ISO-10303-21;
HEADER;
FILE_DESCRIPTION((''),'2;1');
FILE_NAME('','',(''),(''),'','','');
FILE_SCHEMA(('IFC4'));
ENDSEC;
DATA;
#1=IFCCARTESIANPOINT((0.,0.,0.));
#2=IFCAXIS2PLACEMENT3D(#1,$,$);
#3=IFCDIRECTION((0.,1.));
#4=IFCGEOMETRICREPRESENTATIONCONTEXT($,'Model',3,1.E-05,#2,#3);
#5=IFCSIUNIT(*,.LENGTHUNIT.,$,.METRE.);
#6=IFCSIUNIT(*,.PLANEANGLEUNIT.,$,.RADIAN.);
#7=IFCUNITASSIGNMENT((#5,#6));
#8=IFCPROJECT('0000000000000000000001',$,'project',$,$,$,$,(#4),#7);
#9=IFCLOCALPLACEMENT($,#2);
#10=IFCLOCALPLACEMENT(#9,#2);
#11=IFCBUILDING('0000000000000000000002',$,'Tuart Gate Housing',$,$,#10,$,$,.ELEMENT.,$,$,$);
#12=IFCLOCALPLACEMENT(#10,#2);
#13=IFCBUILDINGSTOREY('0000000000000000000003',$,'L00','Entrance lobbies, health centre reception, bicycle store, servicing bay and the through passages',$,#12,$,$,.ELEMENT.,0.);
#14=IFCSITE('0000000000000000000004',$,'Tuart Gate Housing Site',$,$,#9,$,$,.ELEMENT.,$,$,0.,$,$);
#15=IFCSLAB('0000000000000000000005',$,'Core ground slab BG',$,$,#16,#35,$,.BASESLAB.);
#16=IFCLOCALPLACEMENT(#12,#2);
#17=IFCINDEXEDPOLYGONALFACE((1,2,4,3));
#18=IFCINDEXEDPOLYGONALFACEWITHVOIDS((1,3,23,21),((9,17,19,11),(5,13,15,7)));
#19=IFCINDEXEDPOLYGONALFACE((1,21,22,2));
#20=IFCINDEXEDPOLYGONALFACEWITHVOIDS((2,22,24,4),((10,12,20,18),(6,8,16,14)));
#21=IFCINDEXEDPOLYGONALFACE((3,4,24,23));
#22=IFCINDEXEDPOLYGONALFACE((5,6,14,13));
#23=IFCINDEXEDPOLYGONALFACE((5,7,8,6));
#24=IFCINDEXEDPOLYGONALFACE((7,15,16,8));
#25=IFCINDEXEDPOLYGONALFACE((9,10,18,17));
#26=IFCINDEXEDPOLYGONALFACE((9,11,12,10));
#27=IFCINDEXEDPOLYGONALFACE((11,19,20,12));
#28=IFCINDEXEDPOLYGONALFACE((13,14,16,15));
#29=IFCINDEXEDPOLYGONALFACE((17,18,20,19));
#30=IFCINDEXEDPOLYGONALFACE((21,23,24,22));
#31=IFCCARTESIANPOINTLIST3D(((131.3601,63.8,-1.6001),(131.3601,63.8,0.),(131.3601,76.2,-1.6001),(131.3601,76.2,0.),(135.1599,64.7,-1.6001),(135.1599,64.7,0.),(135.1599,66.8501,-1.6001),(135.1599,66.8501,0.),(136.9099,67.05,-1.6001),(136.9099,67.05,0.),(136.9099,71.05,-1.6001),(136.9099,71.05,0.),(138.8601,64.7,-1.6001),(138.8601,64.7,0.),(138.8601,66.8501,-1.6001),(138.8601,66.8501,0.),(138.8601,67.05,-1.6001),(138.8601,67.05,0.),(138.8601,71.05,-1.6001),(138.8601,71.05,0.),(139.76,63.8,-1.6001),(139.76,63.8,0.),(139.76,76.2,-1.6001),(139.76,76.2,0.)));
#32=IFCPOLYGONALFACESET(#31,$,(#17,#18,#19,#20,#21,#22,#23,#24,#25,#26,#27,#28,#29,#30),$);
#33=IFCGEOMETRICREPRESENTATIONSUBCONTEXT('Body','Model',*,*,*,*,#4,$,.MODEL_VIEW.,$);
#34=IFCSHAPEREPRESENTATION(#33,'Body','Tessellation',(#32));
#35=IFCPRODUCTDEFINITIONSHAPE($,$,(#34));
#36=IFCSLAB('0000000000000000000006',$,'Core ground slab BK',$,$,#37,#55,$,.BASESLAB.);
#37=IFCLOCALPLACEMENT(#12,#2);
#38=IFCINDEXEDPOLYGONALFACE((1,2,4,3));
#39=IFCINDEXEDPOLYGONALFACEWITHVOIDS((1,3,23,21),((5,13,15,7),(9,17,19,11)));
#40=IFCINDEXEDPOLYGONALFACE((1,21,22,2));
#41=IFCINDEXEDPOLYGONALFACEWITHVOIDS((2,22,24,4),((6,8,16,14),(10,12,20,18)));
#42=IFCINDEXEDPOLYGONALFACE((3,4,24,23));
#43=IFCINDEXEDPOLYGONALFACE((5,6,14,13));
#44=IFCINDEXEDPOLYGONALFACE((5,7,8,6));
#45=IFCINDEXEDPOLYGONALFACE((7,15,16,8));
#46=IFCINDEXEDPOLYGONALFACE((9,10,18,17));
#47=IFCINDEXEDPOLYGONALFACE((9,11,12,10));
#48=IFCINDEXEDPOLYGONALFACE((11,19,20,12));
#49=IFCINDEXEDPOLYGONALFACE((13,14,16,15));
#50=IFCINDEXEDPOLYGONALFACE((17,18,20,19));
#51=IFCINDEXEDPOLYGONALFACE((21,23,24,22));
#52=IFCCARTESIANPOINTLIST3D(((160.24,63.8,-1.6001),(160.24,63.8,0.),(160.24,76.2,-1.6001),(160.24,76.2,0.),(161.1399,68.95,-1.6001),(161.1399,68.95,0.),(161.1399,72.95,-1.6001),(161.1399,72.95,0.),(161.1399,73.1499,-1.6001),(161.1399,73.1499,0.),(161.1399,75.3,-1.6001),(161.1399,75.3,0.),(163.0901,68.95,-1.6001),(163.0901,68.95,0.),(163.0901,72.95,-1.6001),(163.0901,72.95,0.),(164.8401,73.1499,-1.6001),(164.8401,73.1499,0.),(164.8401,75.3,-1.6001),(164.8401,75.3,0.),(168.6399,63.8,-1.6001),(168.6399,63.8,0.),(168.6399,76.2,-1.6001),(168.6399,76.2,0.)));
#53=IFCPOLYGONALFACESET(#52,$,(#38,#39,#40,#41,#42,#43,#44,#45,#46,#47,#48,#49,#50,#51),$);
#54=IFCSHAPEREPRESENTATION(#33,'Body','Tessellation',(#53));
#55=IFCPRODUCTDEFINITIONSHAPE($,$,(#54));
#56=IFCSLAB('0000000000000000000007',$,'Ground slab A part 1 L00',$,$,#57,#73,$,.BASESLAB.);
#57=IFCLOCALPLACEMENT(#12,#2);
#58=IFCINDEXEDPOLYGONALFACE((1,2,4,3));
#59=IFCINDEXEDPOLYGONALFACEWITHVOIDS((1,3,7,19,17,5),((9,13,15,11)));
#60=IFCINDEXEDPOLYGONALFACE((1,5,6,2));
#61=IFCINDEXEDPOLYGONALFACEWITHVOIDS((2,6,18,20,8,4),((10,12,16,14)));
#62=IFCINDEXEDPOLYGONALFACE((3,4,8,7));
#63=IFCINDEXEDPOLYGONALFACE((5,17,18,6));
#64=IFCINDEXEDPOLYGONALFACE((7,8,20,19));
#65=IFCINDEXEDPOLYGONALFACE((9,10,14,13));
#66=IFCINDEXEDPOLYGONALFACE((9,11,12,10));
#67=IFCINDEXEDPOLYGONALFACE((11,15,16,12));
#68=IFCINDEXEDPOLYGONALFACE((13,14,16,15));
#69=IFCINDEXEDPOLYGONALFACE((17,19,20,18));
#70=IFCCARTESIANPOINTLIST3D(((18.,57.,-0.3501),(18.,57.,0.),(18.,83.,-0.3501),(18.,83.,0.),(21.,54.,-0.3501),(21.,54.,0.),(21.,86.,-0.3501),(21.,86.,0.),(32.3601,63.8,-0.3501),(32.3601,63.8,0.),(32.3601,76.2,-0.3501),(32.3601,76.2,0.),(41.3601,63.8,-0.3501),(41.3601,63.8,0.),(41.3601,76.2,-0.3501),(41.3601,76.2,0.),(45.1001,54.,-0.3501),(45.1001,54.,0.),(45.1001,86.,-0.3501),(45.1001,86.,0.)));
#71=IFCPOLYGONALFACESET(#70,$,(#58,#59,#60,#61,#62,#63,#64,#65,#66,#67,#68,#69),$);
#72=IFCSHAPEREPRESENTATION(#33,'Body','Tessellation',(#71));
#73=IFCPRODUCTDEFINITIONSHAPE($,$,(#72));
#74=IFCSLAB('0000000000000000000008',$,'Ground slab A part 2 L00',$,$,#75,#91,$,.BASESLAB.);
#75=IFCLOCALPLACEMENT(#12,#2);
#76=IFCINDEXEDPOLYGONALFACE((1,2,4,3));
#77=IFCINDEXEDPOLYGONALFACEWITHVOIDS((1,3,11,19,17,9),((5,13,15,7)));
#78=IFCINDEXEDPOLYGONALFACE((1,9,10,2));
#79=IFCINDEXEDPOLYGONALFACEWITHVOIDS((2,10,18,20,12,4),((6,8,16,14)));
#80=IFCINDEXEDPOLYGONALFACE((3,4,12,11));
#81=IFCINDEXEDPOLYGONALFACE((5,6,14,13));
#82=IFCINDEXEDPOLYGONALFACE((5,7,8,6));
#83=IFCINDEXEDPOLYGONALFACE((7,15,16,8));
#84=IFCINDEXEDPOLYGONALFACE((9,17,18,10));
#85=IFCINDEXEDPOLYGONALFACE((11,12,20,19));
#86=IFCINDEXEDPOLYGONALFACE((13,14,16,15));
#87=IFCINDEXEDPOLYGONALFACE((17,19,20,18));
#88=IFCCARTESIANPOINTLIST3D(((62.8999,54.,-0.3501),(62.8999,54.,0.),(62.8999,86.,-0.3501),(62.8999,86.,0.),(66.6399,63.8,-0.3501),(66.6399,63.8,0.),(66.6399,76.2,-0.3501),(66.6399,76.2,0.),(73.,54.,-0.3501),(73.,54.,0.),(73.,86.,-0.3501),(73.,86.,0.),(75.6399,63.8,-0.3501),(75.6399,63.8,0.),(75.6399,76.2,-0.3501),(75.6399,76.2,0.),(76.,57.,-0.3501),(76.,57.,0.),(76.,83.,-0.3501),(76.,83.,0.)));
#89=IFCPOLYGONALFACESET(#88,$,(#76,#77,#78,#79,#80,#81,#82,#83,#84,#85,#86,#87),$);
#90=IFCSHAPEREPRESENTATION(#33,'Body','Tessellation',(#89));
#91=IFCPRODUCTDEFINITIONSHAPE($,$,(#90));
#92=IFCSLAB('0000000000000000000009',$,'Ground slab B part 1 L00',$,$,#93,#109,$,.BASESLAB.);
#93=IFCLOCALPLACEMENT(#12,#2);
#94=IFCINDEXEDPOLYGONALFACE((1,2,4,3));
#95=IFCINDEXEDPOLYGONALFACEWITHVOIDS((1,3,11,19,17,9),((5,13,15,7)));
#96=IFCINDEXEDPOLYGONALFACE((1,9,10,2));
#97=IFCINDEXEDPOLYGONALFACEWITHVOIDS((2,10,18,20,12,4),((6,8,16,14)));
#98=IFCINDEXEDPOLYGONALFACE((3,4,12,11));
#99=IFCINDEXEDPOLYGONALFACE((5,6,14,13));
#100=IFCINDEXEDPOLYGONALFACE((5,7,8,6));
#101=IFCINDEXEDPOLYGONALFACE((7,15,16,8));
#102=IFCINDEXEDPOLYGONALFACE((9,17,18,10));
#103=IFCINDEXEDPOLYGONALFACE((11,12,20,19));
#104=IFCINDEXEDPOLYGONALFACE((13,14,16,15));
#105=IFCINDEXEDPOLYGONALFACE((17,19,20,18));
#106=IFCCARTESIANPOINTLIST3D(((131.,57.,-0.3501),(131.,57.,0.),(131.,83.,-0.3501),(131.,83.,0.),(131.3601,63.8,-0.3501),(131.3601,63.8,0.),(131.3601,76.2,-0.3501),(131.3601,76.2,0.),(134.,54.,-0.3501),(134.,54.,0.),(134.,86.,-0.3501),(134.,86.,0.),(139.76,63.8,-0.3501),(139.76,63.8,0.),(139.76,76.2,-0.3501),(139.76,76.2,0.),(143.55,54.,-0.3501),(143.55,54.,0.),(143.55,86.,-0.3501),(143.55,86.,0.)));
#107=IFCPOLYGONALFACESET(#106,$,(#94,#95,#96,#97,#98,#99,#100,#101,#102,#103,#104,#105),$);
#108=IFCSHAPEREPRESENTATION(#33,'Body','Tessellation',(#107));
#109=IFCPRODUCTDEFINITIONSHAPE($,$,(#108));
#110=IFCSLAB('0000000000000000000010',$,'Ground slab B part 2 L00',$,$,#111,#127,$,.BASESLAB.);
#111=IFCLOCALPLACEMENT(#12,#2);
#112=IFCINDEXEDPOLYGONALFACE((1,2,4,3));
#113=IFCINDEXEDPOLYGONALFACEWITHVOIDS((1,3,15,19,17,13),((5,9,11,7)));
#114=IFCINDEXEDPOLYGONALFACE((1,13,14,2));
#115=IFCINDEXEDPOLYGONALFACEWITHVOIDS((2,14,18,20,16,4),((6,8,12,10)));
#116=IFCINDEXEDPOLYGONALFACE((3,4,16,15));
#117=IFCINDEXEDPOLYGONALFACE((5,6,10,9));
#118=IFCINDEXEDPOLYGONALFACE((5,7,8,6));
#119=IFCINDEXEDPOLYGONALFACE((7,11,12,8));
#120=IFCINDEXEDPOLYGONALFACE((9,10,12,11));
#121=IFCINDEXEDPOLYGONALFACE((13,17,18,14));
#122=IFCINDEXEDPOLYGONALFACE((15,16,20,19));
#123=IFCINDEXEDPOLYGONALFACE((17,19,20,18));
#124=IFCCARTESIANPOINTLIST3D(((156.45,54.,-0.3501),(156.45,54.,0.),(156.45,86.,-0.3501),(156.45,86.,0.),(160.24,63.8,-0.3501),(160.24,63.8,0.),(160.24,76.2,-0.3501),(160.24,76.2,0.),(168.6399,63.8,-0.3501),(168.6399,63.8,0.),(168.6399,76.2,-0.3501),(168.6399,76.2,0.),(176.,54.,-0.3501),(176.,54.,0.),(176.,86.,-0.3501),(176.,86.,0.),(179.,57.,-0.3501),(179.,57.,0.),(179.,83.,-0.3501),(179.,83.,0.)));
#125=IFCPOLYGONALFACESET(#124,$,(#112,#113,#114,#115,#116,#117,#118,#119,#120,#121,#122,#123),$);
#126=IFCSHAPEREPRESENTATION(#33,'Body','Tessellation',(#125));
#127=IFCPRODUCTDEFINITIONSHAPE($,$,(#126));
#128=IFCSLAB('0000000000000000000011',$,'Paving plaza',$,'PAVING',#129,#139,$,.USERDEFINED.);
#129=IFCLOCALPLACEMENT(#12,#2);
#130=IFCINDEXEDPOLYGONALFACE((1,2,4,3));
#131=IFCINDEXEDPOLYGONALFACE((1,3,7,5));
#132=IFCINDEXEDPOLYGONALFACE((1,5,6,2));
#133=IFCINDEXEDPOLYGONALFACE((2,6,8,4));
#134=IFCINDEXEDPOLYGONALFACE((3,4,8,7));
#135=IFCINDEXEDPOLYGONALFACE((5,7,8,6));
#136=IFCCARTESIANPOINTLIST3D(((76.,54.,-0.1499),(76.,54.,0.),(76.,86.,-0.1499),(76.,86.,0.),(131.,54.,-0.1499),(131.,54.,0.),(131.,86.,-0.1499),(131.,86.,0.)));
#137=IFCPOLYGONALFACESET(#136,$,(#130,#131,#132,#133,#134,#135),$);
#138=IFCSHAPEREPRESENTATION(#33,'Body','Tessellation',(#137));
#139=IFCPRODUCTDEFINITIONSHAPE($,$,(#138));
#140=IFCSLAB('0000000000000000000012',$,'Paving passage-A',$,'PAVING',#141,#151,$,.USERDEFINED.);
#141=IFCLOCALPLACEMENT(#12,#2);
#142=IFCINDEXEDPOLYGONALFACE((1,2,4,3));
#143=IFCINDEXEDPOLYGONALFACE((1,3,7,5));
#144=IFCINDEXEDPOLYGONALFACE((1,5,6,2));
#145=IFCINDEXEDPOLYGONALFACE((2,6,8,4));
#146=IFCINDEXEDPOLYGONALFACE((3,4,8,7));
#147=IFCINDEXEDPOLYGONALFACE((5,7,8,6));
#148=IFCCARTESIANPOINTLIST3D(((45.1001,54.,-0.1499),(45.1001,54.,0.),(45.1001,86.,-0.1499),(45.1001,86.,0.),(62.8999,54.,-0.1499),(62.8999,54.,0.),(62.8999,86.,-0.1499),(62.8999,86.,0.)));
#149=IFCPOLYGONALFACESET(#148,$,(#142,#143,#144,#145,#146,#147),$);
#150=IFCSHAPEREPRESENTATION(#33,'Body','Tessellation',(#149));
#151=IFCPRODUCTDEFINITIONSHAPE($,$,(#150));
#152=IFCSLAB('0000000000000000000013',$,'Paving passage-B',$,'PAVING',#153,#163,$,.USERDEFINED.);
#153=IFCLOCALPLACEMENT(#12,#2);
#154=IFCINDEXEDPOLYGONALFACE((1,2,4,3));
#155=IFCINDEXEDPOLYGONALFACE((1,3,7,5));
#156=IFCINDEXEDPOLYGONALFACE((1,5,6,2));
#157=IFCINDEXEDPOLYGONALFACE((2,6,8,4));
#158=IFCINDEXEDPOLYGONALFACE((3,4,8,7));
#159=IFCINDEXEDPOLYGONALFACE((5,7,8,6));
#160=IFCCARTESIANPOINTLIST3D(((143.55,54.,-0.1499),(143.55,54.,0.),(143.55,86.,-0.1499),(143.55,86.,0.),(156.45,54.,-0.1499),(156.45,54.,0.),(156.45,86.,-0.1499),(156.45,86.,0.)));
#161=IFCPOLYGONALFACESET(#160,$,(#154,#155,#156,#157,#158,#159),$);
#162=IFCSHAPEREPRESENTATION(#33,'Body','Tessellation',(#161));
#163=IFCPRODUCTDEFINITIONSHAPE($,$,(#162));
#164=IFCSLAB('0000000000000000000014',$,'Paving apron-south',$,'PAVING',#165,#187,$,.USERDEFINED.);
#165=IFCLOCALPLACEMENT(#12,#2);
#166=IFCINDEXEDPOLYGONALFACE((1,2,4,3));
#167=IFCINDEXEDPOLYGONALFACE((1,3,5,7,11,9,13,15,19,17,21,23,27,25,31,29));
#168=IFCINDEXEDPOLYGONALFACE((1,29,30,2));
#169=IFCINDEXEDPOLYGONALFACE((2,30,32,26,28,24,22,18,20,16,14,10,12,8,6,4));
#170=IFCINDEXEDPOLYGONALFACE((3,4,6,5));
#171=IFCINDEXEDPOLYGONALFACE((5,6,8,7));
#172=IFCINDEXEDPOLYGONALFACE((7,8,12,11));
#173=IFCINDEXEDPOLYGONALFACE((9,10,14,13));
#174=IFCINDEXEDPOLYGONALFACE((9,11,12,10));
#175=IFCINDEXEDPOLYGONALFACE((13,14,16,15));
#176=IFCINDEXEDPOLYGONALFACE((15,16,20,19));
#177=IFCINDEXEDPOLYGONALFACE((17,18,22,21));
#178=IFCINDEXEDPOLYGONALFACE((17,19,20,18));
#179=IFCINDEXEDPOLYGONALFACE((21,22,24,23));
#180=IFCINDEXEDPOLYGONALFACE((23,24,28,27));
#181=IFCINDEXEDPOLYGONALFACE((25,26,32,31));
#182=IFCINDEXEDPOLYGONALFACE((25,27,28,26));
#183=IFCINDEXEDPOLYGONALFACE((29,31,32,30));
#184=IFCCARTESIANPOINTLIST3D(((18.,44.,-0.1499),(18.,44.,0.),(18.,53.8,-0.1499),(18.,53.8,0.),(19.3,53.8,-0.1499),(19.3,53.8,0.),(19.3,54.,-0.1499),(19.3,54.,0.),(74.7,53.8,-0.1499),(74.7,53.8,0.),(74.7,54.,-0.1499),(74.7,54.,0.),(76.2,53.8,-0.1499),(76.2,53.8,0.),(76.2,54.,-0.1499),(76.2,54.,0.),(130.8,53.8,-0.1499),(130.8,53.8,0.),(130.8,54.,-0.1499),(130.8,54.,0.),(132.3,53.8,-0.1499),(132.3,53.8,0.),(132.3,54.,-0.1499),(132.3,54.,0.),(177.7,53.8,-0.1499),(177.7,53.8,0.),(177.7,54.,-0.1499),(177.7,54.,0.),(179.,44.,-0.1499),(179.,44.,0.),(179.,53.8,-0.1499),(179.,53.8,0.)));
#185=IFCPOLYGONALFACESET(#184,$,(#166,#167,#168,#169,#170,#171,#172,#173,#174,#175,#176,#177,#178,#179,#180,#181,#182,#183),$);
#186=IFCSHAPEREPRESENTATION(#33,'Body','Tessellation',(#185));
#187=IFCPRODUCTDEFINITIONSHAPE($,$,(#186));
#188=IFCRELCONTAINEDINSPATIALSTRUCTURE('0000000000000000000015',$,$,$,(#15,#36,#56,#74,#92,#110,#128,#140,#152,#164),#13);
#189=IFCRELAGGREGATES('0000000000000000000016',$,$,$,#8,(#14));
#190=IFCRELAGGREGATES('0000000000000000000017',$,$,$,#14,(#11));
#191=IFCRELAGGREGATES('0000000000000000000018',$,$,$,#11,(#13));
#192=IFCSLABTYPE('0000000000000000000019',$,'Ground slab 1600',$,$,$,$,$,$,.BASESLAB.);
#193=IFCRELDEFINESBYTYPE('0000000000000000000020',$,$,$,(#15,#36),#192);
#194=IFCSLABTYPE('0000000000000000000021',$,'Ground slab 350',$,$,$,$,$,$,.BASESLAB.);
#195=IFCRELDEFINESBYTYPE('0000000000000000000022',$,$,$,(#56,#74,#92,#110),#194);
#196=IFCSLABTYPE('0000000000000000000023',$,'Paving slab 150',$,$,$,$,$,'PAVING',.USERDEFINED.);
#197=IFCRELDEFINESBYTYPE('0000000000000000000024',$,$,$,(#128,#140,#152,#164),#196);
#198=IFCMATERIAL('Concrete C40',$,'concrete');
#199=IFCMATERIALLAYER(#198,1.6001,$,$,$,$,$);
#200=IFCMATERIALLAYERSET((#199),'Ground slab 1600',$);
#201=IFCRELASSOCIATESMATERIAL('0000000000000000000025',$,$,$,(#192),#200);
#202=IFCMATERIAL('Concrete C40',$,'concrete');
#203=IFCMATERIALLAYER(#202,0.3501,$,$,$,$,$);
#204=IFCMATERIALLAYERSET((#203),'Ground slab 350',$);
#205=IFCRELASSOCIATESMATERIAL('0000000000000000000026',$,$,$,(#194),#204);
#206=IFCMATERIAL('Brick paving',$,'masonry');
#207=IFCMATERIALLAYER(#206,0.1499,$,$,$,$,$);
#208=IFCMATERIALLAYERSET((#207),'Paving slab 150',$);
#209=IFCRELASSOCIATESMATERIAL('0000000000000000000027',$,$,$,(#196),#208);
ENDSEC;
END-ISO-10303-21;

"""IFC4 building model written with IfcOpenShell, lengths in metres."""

from ifc_helpers import new_model, si_unit, direction, frame, origin, place, context, subcontext, project, spatial, polyline, outline, extrude, material, layer, layer_set, type_object, element, save


model = new_model("IFC4")

# Units and contexts
model_context = context("Model", 3, precision=1e-05, world=origin(), true_north=direction((0.0, 1.0)))
body_context = subcontext(model_context, "Body", "Model", "MODEL_VIEW")
ifc_project = project(units=[si_unit("LENGTHUNIT", "METRE"), si_unit("PLANEANGLEUNIT", "RADIAN")], contexts=[model_context])

# Site, building, storey
site_placement = place(None, origin())
site = spatial("IfcSite", under=ifc_project, at=site_placement, Name="Tuart Gate Housing Site", CompositionType="ELEMENT", RefElevation=0.0)
building_placement = place(site_placement, origin())
building = spatial("IfcBuilding", under=site, at=building_placement, Name="Tuart Gate Housing", CompositionType="ELEMENT")
storey_placement = place(building_placement, origin())
storey = spatial("IfcBuildingStorey", under=building, at=storey_placement, Name="L00", Description="Entrance lobbies, health centre reception, bicycle store, servicing bay and the through passages", CompositionType="ELEMENT", Elevation=0.0)

# Slabs
ifc_material_1 = material(Name="Concrete C40", Category="concrete")
ifc_layer_1 = layer(ifc_material_1, 1.6001)
ifc_layer_set_1 = layer_set([ifc_layer_1], Name="Ground slab 1600")
slab_type_1 = type_object("IfcSlabType", Name="Ground slab 1600", PredefinedType="BASESLAB", material=ifc_layer_set_1)
slab_1_placement = place(storey_placement, frame((0.0, 0.0, -1.6001)))
element("IfcSlab", 1, at=slab_1_placement, inside=storey, type_object=slab_type_1, Name="Core ground slab BG", PredefinedType="BASESLAB", context=body_context, shape_type="SweptSolid", body=[
    extrude(outline(polyline([(131.3601, 76.2), (131.3601, 63.8), (139.76, 63.8), (139.76, 76.2), (131.3601, 76.2)]), holes=[polyline([(135.1599, 66.8501), (138.8601, 66.8501), (138.8601, 64.7), (135.1599, 64.7), (135.1599, 66.8501)]), polyline([(138.8601, 71.05), (138.8601, 67.05), (136.9099, 67.05), (136.9099, 71.05), (138.8601, 71.05)])]), origin(), (0.0, 0.0, 1.0), 1.6001),
])
slab_2_placement = place(storey_placement, frame((0.0, 0.0, -1.6001)))
element("IfcSlab", 2, at=slab_2_placement, inside=storey, type_object=slab_type_1, Name="Core ground slab BK", PredefinedType="BASESLAB", context=body_context, shape_type="SweptSolid", body=[
    extrude(outline(polyline([(160.24, 76.2), (160.24, 63.8), (168.6399, 63.8), (168.6399, 76.2), (160.24, 76.2)]), holes=[polyline([(161.1399, 75.3), (164.8401, 75.3), (164.8401, 73.1499), (161.1399, 73.1499), (161.1399, 75.3)]), polyline([(163.0901, 72.95), (163.0901, 68.95), (161.1399, 68.95), (161.1399, 72.95), (163.0901, 72.95)])]), origin(), (0.0, 0.0, 1.0), 1.6001),
])
ifc_material_2 = material(Name="Concrete C40", Category="concrete")
ifc_layer_2 = layer(ifc_material_2, 0.3501)
ifc_layer_set_2 = layer_set([ifc_layer_2], Name="Ground slab 350")
slab_type_2 = type_object("IfcSlabType", Name="Ground slab 350", PredefinedType="BASESLAB", material=ifc_layer_set_2)
slab_3_placement = place(storey_placement, frame((0.0, 0.0, -0.3501)))
element("IfcSlab", 3, at=slab_3_placement, inside=storey, type_object=slab_type_2, Name="Ground slab A part 1 L00", PredefinedType="BASESLAB", context=body_context, shape_type="SweptSolid", body=[
    extrude(outline(polyline([(45.1001, 86.0), (21.0, 86.0), (18.0, 83.0), (18.0, 57.0), (21.0, 54.0), (45.1001, 54.0), (45.1001, 86.0)]), holes=[polyline([(32.3601, 63.8), (32.3601, 76.2), (41.3601, 76.2), (41.3601, 63.8), (32.3601, 63.8)])]), origin(), (0.0, 0.0, 1.0), 0.3501),
])
slab_4_placement = place(storey_placement, frame((0.0, 0.0, -0.3501)))
element("IfcSlab", 4, at=slab_4_placement, inside=storey, type_object=slab_type_2, Name="Ground slab A part 2 L00", PredefinedType="BASESLAB", context=body_context, shape_type="SweptSolid", body=[
    extrude(outline(polyline([(62.8999, 54.0), (73.0, 54.0), (76.0, 57.0), (76.0, 83.0), (73.0, 86.0), (62.8999, 86.0), (62.8999, 54.0)]), holes=[polyline([(75.6399, 63.8), (66.6399, 63.8), (66.6399, 76.2), (75.6399, 76.2), (75.6399, 63.8)])]), origin(), (0.0, 0.0, 1.0), 0.3501),
])
slab_5_placement = place(storey_placement, frame((0.0, 0.0, -0.3501)))
element("IfcSlab", 5, at=slab_5_placement, inside=storey, type_object=slab_type_2, Name="Ground slab B part 1 L00", PredefinedType="BASESLAB", context=body_context, shape_type="SweptSolid", body=[
    extrude(outline(polyline([(143.55, 86.0), (134.0, 86.0), (131.0, 83.0), (131.0, 57.0), (134.0, 54.0), (143.55, 54.0), (143.55, 86.0)]), holes=[polyline([(131.3601, 76.2), (139.76, 76.2), (139.76, 63.8), (131.3601, 63.8), (131.3601, 76.2)])]), origin(), (0.0, 0.0, 1.0), 0.3501),
])
slab_6_placement = place(storey_placement, frame((0.0, 0.0, -0.3501)))
element("IfcSlab", 6, at=slab_6_placement, inside=storey, type_object=slab_type_2, Name="Ground slab B part 2 L00", PredefinedType="BASESLAB", context=body_context, shape_type="SweptSolid", body=[
    extrude(outline(polyline([(156.45, 54.0), (176.0, 54.0), (179.0, 57.0), (179.0, 83.0), (176.0, 86.0), (156.45, 86.0), (156.45, 54.0)]), holes=[polyline([(168.6399, 76.2), (168.6399, 63.8), (160.24, 63.8), (160.24, 76.2), (168.6399, 76.2)])]), origin(), (0.0, 0.0, 1.0), 0.3501),
])
ifc_material_3 = material(Name="Brick paving", Category="masonry")
ifc_layer_3 = layer(ifc_material_3, 0.1499)
ifc_layer_set_3 = layer_set([ifc_layer_3], Name="Paving slab 150")
slab_type_3 = type_object("IfcSlabType", Name="Paving slab 150", ElementType="PAVING", PredefinedType="USERDEFINED", material=ifc_layer_set_3)
slab_7_placement = place(storey_placement, frame((0.0, 0.0, -0.1499)))
element("IfcSlab", 7, at=slab_7_placement, inside=storey, type_object=slab_type_3, Name="Paving plaza", ObjectType="PAVING", PredefinedType="USERDEFINED", context=body_context, shape_type="SweptSolid", body=[
    extrude(outline(polyline([(76.0, 54.0), (131.0, 54.0), (131.0, 86.0), (76.0, 86.0), (76.0, 54.0)])), origin(), (0.0, 0.0, 1.0), 0.1499),
])
slab_8_placement = place(storey_placement, frame((0.0, 0.0, -0.1499)))
element("IfcSlab", 8, at=slab_8_placement, inside=storey, type_object=slab_type_3, Name="Paving passage-A", ObjectType="PAVING", PredefinedType="USERDEFINED", context=body_context, shape_type="SweptSolid", body=[
    extrude(outline(polyline([(45.1001, 54.0), (62.8999, 54.0), (62.8999, 86.0), (45.1001, 86.0), (45.1001, 54.0)])), origin(), (0.0, 0.0, 1.0), 0.1499),
])
slab_9_placement = place(storey_placement, frame((0.0, 0.0, -0.1499)))
element("IfcSlab", 9, at=slab_9_placement, inside=storey, type_object=slab_type_3, Name="Paving passage-B", ObjectType="PAVING", PredefinedType="USERDEFINED", context=body_context, shape_type="SweptSolid", body=[
    extrude(outline(polyline([(143.55, 54.0), (156.45, 54.0), (156.45, 86.0), (143.55, 86.0), (143.55, 54.0)])), origin(), (0.0, 0.0, 1.0), 0.1499),
])
slab_10_placement = place(storey_placement, frame((0.0, 0.0, -0.1499)))
element("IfcSlab", 10, at=slab_10_placement, inside=storey, type_object=slab_type_3, Name="Paving apron-south", ObjectType="PAVING", PredefinedType="USERDEFINED", context=body_context, shape_type="SweptSolid", body=[
    extrude(outline(polyline([(179.0, 44.0), (179.0, 53.8), (177.7, 53.8), (177.7, 54.0), (132.3, 54.0), (132.3, 53.8), (130.8, 53.8), (130.8, 54.0), (76.2, 54.0), (76.2, 53.8), (74.7, 53.8), (74.7, 54.0), (19.3, 54.0), (19.3, 53.8), (18.0, 53.8), (18.0, 44.0), (179.0, 44.0)])), origin(), (0.0, 0.0, 1.0), 0.1499),
])

save(model, "model.ifc")
